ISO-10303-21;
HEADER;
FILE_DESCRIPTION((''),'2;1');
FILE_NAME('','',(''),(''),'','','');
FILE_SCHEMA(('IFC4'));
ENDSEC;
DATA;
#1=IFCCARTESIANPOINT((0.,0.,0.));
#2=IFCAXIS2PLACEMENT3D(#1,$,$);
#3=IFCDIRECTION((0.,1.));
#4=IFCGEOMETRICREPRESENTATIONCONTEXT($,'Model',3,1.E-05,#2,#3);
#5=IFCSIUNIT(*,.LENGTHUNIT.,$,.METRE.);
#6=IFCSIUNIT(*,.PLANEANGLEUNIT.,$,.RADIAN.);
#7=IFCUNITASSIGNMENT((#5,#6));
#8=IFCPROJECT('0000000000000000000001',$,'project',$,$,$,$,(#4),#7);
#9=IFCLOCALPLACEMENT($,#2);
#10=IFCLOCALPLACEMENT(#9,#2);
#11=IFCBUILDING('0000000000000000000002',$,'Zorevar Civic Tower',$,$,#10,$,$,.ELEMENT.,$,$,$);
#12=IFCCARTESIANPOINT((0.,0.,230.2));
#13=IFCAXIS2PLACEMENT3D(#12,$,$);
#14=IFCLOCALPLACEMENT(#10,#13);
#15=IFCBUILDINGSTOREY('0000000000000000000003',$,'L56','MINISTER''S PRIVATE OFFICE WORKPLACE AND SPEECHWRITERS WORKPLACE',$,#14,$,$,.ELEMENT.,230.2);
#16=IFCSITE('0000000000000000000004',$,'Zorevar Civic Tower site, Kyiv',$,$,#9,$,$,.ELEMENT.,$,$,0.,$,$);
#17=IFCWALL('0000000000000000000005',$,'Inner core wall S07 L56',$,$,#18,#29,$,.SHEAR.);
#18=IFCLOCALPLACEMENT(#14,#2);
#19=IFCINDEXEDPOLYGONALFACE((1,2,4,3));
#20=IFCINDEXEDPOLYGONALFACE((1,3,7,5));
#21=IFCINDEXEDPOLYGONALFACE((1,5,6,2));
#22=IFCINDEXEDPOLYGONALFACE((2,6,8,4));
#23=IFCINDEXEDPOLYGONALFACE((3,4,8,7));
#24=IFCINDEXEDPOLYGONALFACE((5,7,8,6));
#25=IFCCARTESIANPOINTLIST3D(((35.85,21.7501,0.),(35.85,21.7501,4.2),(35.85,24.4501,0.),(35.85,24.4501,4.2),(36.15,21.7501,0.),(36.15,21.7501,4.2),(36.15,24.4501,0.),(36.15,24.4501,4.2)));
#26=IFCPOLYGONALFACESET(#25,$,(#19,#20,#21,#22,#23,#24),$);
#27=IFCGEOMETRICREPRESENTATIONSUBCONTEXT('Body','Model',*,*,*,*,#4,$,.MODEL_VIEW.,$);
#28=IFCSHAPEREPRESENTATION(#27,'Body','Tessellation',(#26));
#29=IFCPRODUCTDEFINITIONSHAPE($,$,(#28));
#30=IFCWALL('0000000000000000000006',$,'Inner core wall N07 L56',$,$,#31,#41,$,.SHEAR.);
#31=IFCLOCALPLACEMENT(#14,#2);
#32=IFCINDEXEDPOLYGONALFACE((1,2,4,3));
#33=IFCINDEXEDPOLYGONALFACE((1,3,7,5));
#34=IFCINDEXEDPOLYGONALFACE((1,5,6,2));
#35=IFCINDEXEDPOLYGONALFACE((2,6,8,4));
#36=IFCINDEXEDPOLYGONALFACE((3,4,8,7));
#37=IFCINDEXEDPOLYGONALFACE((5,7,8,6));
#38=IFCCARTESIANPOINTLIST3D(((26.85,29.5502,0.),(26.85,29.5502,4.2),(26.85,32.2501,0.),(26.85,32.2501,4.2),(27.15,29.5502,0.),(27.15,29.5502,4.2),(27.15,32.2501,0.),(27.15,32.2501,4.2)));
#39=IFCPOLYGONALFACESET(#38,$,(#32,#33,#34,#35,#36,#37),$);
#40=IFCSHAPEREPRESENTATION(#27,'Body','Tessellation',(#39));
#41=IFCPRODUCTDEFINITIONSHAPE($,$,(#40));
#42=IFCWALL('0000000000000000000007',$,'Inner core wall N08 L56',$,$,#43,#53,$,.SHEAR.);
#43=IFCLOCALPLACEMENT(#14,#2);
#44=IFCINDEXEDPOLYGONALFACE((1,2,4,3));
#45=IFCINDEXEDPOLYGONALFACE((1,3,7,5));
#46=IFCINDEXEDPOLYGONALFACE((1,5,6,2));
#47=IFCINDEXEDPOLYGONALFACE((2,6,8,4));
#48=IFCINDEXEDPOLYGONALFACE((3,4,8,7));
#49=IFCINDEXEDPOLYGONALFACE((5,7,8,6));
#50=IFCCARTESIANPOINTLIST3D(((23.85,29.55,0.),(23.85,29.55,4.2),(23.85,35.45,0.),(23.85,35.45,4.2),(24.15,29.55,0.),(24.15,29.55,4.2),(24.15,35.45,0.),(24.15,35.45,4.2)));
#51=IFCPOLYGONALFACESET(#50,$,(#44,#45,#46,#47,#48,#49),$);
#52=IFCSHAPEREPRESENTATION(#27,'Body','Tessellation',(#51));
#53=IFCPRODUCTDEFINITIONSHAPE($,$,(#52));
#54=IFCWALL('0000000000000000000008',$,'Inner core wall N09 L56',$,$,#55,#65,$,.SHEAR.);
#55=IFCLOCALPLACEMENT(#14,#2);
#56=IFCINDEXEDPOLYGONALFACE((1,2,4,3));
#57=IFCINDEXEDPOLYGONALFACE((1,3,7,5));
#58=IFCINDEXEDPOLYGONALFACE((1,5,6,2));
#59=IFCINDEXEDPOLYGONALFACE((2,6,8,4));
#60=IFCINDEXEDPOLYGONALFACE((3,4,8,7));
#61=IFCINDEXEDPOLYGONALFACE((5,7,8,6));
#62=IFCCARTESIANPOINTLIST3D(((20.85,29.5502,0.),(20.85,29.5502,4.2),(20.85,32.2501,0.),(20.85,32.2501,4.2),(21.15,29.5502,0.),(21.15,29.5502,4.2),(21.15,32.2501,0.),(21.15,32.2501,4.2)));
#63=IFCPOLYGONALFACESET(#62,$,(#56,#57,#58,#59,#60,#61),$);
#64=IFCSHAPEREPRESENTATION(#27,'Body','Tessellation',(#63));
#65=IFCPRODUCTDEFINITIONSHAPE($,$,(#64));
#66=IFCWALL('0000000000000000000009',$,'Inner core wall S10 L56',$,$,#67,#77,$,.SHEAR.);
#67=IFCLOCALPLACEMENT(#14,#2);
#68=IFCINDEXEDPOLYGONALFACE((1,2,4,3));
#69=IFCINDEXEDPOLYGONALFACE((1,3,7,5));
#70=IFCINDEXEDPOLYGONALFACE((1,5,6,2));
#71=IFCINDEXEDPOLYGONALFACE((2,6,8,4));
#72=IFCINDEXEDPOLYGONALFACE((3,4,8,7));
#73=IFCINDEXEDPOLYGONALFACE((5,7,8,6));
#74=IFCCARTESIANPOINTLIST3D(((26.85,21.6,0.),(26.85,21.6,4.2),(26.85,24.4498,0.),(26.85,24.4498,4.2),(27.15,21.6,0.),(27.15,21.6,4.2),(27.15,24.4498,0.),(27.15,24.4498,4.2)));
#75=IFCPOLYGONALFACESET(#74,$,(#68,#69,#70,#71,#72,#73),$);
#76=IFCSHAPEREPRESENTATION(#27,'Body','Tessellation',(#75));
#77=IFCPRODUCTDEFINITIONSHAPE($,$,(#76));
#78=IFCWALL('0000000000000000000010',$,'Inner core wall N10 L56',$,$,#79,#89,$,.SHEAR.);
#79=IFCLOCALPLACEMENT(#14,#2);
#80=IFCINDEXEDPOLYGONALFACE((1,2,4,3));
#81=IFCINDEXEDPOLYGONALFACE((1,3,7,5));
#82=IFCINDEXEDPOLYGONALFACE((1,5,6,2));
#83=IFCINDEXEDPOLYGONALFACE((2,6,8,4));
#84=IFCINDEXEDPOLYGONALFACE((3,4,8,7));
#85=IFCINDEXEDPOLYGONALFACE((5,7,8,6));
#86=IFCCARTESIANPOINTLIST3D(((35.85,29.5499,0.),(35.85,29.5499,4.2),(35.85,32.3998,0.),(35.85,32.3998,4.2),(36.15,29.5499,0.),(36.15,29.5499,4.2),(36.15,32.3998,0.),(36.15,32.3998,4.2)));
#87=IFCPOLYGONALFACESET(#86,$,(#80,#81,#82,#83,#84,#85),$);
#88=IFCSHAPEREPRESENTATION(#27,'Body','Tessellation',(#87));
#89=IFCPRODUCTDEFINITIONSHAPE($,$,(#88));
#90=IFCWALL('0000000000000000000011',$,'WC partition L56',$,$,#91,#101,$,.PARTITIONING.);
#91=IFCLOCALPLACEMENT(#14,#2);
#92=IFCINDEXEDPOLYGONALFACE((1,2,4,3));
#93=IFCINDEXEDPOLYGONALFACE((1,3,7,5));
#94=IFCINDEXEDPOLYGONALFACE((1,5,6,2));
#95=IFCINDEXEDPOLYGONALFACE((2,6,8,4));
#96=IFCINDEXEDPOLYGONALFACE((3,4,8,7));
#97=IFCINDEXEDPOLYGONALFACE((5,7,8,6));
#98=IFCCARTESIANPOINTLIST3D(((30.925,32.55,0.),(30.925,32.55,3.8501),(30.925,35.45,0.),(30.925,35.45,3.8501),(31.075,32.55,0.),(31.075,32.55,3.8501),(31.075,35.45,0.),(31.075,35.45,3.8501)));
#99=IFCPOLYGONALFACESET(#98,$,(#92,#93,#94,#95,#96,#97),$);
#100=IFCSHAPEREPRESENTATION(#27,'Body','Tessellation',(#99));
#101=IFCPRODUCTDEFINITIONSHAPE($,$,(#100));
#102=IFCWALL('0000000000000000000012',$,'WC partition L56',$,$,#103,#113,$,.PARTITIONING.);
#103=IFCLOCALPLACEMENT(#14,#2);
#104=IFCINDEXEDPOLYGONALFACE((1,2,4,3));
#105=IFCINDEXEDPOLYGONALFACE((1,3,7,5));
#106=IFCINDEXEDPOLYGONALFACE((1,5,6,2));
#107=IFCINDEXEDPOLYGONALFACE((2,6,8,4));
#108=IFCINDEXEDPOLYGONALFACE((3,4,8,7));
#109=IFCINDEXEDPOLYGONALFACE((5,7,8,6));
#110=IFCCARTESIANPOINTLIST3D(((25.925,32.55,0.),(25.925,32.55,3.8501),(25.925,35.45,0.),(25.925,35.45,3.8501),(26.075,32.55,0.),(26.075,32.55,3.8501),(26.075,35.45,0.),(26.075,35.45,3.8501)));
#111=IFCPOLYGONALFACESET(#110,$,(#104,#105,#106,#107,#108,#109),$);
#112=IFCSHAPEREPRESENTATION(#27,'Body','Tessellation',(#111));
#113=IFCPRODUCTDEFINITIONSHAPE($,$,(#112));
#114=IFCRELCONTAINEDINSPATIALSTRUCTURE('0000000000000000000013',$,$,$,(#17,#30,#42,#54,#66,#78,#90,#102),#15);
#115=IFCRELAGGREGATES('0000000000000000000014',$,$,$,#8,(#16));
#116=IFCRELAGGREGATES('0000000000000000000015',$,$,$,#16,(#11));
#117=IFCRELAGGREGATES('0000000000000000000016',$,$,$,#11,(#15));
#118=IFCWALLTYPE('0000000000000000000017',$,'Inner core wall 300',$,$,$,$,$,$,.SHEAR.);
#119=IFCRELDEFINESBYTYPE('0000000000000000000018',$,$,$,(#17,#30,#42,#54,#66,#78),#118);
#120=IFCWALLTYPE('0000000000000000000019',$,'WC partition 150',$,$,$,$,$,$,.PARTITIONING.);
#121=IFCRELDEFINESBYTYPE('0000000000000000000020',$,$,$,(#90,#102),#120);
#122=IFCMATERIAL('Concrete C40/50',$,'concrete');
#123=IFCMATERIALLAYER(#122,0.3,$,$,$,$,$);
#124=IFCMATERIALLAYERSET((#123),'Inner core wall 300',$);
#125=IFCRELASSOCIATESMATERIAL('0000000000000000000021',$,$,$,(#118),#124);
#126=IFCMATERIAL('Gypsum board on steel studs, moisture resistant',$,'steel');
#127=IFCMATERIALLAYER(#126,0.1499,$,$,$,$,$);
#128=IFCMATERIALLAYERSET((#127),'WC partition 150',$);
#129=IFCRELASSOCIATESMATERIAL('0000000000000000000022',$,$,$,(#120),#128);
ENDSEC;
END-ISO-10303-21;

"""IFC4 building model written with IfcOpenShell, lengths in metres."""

from ifc_helpers import new_model, si_unit, direction, frame, frame_2d, origin, place, context, subcontext, project, spatial, rectangle, extrude, material, layer, layer_set, type_object, element, save


model = new_model("IFC4")

# Units and contexts
model_context = context("Model", 3, precision=1e-05, world=origin(), true_north=direction((0.0, 1.0)))
body_context = subcontext(model_context, "Body", "Model", "MODEL_VIEW")
ifc_project = project(units=[si_unit("LENGTHUNIT", "METRE"), si_unit("PLANEANGLEUNIT", "RADIAN")], contexts=[model_context])

# Site, building, storey
site_placement = place(None, origin())
site = spatial("IfcSite", under=ifc_project, at=site_placement, Name="Zorevar Civic Tower site, Kyiv", CompositionType="ELEMENT", RefElevation=0.0)
building_placement = place(site_placement, origin())
building = spatial("IfcBuilding", under=site, at=building_placement, Name="Zorevar Civic Tower", CompositionType="ELEMENT")
storey_placement = place(building_placement, frame((0.0, 0.0, 230.2)))
storey = spatial("IfcBuildingStorey", under=building, at=storey_placement, Name="L56", Description="MINISTER'S PRIVATE OFFICE WORKPLACE AND SPEECHWRITERS WORKPLACE", CompositionType="ELEMENT", Elevation=230.2)

# Shared definitions
ifc_material_1 = material(Name="Concrete C40/50", Category="concrete")
ifc_layer_1 = layer(ifc_material_1, 0.3)
ifc_layer_set_1 = layer_set([ifc_layer_1], Name="Inner core wall 300")
wall_type_1 = type_object("IfcWallType", Name="Inner core wall 300", PredefinedType="SHEAR", material=ifc_layer_set_1)

# Walls
for number, where, z_axis, x_axis, name in (
    (1, (36.0, 21.75, 0.0), (0.0, 0.0, 1.0), (0.0, 1.0, 0.0), "Inner core wall S07 L56"),
    (2, (27.0, 29.55, 0.0), (0.0, 0.0, 1.0), (0.0, 1.0, 0.0), "Inner core wall N07 L56"),
):
    element("IfcWall", number, at=place(storey_placement, frame(where, z_axis=z_axis, x_axis=x_axis)), inside=storey, type_object=wall_type_1, Name=name, PredefinedType="SHEAR", context=body_context, shape_type="SweptSolid", body=[
        extrude(rectangle(XDim=2.7, YDim=0.3, at=frame_2d((1.3501, 0.0))), origin(), (0.0, 0.0, 1.0), 4.2),
    ])
wall_1_placement = place(storey_placement, frame((24.0, 29.55, 0.0), z_axis=(0.0, 0.0, 1.0), x_axis=(0.0, 1.0, 0.0)))
element("IfcWall", 3, at=wall_1_placement, inside=storey, type_object=wall_type_1, Name="Inner core wall N08 L56", PredefinedType="SHEAR", context=body_context, shape_type="SweptSolid", body=[
    extrude(rectangle(XDim=5.8999, YDim=0.3, at=frame_2d((2.95, 0.0))), origin(), (0.0, 0.0, 1.0), 4.2),
])
wall_2_placement = place(storey_placement, frame((21.0, 29.55, 0.0), z_axis=(0.0, 0.0, 1.0), x_axis=(0.0, 1.0, 0.0)))
element("IfcWall", 4, at=wall_2_placement, inside=storey, type_object=wall_type_1, Name="Inner core wall N09 L56", PredefinedType="SHEAR", context=body_context, shape_type="SweptSolid", body=[
    extrude(rectangle(XDim=2.7, YDim=0.3, at=frame_2d((1.3501, 0.0))), origin(), (0.0, 0.0, 1.0), 4.2),
])
for number, where, z_axis, x_axis, name in (
    (5, (27.0, 21.6001, 0.0), (0.0, 0.0, 1.0), (0.0, 1.0, 0.0), "Inner core wall S10 L56"),
    (6, (36.0, 29.55, 0.0), (0.0, 0.0, 1.0), (0.0, 1.0, 0.0), "Inner core wall N10 L56"),
):
    element("IfcWall", number, at=place(storey_placement, frame(where, z_axis=z_axis, x_axis=x_axis)), inside=storey, type_object=wall_type_1, Name=name, PredefinedType="SHEAR", context=body_context, shape_type="SweptSolid", body=[
        extrude(rectangle(XDim=2.8499, YDim=0.3, at=frame_2d((1.4248, 0.0))), origin(), (0.0, 0.0, 1.0), 4.2),
    ])

# Walls
ifc_material_2 = material(Name="Gypsum board on steel studs, moisture resistant", Category="steel")
ifc_layer_2 = layer(ifc_material_2, 0.1499)
ifc_layer_set_2 = layer_set([ifc_layer_2], Name="WC partition 150")
wall_type_2 = type_object("IfcWallType", Name="WC partition 150", PredefinedType="PARTITIONING", material=ifc_layer_set_2)
for number, where, z_axis, x_axis, name in (
    (7, (31.0, 32.55, 0.0), (0.0, 0.0, 1.0), (0.0, 1.0, 0.0), "WC partition L56"),
    (8, (26.0, 32.55, 0.0), (0.0, 0.0, 1.0), (0.0, 1.0, 0.0), "WC partition L56"),
):
    element("IfcWall", number, at=place(storey_placement, frame(where, z_axis=z_axis, x_axis=x_axis)), inside=storey, type_object=wall_type_2, Name=name, PredefinedType="PARTITIONING", context=body_context, shape_type="SweptSolid", body=[
        extrude(rectangle(XDim=2.8999, YDim=0.1499, at=frame_2d((1.45, 0.0))), origin(), (0.0, 0.0, 1.0), 3.8501),
    ])

save(model, "model.ifc")
